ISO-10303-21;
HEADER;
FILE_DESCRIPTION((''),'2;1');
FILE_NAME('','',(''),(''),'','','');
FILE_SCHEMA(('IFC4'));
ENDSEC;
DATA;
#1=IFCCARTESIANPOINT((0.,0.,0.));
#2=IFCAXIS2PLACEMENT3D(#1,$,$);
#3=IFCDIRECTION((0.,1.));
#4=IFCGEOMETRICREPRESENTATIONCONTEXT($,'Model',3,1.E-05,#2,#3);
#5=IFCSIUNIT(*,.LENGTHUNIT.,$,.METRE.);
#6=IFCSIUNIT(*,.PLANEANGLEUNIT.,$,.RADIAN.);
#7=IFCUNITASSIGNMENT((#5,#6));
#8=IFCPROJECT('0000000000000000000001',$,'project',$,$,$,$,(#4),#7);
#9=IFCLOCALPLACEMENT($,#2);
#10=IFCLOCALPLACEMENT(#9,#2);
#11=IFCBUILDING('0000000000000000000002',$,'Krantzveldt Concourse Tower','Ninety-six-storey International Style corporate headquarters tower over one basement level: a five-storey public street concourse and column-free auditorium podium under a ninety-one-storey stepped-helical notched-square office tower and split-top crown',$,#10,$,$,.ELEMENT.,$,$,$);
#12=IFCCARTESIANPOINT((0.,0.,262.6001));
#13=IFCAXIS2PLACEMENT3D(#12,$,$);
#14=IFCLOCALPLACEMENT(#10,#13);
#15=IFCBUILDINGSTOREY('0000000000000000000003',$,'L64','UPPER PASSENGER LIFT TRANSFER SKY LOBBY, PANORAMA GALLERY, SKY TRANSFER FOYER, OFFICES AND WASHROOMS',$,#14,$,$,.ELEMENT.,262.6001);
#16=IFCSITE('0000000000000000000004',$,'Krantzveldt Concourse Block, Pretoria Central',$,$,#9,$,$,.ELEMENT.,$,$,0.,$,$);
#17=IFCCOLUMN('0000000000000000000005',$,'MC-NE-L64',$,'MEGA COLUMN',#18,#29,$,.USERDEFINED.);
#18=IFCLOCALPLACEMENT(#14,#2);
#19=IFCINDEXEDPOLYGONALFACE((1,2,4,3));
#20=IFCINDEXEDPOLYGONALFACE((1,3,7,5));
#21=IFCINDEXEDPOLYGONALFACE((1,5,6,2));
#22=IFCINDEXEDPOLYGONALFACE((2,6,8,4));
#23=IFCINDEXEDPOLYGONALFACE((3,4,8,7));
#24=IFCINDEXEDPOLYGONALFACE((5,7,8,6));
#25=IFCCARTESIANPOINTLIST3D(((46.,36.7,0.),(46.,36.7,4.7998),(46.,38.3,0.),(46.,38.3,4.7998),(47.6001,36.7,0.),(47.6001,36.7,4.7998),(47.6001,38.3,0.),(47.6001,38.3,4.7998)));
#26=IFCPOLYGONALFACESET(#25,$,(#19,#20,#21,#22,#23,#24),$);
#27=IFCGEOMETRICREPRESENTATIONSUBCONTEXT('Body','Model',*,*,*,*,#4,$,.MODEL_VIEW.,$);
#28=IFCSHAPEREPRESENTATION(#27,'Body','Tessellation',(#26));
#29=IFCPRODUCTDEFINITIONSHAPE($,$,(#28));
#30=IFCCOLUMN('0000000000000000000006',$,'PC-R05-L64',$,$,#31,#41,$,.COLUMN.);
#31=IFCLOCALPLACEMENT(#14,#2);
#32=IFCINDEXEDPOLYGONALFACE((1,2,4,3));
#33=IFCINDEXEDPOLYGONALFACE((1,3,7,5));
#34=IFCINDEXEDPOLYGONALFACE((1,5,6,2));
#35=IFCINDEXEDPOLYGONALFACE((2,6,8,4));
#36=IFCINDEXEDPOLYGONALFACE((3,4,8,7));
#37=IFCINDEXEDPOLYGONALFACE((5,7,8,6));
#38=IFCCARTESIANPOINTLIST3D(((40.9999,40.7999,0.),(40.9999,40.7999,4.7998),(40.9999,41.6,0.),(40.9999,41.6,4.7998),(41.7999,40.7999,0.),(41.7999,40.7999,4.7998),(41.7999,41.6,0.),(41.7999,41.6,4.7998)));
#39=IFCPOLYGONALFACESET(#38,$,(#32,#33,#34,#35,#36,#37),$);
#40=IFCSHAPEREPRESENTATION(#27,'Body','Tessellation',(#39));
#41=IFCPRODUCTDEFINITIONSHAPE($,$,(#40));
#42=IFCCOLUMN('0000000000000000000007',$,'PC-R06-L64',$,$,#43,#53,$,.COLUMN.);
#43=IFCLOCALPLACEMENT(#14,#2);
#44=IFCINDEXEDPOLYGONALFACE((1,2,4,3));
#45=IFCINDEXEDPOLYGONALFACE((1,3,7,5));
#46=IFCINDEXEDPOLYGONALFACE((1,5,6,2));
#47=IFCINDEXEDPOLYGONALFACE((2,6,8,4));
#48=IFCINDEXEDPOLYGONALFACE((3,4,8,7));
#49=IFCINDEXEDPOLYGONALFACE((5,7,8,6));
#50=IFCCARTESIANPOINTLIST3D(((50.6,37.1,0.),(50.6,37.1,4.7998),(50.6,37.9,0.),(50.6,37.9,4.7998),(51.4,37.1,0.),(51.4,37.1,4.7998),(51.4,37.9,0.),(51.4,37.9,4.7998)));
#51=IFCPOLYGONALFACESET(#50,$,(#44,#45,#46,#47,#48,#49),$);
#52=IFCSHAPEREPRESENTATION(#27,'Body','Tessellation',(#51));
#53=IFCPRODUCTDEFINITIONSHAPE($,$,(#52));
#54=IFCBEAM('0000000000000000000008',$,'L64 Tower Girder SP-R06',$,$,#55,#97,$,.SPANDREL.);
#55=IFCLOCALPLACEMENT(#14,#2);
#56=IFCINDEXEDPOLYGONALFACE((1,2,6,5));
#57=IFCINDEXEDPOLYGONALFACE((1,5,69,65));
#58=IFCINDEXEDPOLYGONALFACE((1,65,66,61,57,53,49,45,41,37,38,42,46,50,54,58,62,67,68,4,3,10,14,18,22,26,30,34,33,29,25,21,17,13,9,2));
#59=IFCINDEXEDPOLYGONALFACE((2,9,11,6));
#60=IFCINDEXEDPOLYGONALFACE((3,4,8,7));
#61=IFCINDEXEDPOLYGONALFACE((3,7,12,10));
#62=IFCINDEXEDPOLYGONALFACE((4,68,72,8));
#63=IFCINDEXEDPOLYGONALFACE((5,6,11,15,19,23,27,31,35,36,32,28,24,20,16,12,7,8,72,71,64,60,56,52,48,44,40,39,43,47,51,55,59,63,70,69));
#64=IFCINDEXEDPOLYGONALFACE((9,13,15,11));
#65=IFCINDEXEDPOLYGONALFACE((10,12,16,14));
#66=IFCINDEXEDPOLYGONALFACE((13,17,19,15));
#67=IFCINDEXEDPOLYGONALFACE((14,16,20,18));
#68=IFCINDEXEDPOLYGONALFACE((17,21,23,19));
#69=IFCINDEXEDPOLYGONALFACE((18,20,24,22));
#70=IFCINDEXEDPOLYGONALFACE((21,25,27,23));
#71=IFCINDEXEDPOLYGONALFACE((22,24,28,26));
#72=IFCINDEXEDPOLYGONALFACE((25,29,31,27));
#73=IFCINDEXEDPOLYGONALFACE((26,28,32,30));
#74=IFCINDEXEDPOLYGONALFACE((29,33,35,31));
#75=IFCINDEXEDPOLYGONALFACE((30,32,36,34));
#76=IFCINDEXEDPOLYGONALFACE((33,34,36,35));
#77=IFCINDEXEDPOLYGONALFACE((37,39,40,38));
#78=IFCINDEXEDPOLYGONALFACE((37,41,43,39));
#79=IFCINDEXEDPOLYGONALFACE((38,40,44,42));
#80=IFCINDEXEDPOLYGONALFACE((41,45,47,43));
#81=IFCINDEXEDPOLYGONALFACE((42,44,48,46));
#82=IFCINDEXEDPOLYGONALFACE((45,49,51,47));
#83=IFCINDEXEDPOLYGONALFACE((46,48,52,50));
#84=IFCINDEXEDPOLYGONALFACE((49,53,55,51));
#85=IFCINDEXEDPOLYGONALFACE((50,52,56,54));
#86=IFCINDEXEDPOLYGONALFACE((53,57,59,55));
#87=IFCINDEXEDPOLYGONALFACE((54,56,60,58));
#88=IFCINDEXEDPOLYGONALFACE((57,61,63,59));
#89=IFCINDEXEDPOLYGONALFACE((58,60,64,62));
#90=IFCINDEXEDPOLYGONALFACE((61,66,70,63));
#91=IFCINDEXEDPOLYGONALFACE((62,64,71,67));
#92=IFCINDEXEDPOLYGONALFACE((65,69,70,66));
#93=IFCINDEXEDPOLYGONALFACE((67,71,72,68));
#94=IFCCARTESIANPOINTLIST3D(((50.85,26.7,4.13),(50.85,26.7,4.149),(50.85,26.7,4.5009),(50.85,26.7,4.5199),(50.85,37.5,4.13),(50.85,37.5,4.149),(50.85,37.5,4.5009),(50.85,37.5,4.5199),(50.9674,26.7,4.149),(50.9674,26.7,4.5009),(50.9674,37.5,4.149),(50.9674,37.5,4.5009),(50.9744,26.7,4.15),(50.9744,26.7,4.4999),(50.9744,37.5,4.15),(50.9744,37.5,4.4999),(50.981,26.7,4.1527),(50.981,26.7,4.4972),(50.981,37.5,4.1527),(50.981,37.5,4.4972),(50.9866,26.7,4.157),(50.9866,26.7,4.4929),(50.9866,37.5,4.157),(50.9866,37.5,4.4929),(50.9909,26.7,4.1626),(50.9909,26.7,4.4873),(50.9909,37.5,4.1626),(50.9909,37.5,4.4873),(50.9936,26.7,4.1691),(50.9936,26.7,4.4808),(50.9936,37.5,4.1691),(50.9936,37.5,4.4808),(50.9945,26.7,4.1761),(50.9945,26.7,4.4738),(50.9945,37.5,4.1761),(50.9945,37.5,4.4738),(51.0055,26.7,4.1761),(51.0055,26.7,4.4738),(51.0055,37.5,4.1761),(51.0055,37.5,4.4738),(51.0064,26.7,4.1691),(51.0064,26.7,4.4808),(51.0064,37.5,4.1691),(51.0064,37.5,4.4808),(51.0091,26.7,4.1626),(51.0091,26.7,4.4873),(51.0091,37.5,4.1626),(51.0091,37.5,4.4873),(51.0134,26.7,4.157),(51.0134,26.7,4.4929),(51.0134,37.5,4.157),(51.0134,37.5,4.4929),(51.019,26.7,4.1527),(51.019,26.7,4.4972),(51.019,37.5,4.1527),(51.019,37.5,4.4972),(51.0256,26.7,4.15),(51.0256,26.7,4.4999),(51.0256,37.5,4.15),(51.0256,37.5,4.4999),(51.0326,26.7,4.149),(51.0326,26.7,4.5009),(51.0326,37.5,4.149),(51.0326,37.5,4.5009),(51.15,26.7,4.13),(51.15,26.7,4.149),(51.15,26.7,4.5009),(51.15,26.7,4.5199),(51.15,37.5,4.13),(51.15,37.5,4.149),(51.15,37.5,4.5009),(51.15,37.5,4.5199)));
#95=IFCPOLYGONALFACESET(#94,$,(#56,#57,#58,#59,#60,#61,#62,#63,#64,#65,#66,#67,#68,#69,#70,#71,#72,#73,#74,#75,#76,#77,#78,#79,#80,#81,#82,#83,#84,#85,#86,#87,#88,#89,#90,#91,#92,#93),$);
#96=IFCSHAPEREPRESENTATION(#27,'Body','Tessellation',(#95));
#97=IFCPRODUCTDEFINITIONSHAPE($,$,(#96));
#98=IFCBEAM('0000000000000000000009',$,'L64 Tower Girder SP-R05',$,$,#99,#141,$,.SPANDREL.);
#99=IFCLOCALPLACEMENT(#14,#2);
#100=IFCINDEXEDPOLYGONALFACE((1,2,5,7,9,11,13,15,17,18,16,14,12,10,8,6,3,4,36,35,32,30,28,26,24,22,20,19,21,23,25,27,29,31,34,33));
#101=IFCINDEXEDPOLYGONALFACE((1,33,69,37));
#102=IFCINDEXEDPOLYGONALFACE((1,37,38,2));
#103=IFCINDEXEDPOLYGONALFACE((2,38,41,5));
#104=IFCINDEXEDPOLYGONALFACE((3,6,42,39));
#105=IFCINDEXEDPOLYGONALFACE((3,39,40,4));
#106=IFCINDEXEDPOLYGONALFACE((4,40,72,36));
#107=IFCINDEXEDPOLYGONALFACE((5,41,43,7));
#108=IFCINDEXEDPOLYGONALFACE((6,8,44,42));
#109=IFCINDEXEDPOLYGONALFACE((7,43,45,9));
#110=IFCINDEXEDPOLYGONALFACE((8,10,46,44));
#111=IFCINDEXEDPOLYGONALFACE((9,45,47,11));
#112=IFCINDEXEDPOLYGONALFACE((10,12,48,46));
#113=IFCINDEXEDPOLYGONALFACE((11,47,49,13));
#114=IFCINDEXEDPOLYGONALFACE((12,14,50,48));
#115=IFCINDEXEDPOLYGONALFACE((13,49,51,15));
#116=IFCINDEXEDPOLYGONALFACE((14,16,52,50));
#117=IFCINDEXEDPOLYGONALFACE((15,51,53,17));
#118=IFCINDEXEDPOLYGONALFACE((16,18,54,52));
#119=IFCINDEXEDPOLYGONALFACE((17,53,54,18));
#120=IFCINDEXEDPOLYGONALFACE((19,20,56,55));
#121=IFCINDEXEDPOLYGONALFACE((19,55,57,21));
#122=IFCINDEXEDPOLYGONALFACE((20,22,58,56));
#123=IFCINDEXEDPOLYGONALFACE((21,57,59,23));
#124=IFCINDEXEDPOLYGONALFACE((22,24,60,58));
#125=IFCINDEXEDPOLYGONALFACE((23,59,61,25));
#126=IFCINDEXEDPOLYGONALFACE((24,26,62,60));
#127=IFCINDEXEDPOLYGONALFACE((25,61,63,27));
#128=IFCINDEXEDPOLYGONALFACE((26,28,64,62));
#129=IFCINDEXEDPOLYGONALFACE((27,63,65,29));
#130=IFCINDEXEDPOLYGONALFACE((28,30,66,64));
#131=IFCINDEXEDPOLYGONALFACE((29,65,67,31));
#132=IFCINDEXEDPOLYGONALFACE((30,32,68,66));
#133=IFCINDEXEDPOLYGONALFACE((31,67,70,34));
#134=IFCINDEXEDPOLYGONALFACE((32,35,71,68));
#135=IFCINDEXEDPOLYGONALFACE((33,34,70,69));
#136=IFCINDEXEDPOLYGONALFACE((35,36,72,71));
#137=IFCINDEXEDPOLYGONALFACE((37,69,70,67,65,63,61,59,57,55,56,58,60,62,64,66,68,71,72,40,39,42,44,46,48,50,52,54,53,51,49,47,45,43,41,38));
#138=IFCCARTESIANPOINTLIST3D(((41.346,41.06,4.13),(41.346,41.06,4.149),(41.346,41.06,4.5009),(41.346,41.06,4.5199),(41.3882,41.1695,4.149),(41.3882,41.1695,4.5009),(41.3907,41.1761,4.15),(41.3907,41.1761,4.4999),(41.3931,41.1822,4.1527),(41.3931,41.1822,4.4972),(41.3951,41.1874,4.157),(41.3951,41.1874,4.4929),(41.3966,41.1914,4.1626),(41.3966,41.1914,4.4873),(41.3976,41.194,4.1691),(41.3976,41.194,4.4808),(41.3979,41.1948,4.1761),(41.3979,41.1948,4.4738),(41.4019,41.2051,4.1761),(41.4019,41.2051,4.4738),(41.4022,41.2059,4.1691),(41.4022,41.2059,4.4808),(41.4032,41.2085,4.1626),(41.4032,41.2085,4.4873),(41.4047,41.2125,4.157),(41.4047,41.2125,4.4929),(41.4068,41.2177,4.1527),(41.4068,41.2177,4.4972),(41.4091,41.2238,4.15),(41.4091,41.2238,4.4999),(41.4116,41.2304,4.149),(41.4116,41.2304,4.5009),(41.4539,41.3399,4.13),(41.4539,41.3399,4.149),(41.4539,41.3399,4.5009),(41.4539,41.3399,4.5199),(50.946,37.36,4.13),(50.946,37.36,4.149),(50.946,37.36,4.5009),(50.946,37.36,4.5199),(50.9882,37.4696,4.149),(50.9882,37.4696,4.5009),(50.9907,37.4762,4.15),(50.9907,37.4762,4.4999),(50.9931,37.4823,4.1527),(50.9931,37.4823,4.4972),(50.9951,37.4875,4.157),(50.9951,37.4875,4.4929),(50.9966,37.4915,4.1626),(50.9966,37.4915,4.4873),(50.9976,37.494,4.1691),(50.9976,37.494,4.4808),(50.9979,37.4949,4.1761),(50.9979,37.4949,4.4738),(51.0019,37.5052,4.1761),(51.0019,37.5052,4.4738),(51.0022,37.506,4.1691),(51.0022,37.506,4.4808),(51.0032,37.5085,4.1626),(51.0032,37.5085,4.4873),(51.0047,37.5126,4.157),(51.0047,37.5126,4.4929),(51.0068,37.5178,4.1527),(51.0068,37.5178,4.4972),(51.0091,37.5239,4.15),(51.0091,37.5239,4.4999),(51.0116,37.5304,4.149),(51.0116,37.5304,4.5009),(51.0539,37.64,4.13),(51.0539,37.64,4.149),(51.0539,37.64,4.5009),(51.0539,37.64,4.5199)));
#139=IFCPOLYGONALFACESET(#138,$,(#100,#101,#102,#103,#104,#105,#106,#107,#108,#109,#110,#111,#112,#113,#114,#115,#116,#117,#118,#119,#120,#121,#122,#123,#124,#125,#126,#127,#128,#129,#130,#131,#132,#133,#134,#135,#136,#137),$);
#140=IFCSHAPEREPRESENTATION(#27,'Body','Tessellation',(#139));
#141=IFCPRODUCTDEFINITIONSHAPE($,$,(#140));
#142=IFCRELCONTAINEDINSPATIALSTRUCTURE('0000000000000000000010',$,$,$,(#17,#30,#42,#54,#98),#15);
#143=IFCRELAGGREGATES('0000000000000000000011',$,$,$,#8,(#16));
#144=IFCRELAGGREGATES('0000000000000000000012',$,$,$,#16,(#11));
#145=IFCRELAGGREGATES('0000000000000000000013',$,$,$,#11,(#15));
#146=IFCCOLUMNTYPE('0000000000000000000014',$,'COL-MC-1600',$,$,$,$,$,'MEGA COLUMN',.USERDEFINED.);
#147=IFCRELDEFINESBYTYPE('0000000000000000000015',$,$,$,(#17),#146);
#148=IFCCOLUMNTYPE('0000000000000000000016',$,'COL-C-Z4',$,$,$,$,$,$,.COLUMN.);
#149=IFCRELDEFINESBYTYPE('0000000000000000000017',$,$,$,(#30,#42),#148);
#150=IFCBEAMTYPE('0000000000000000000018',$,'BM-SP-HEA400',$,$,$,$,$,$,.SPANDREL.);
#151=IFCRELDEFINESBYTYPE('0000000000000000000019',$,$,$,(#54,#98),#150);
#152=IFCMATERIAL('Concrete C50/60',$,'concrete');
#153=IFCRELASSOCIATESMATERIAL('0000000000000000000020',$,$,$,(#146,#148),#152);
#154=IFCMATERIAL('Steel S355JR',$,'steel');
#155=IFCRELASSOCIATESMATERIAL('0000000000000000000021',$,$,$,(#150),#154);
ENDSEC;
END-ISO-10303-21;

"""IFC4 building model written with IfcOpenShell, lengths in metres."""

from ifc_helpers import new_model, si_unit, direction, frame, origin, origin_2d, place, context, subcontext, project, spatial, rectangle, i_section, extrude, source, transform, mapped, material, material_profile, profile_set, type_object, type_shapes, element, save


model = new_model("IFC4")

# Units and contexts
model_context = context("Model", 3, precision=1e-05, world=origin(), true_north=direction((0.0, 1.0)))
body_context = subcontext(model_context, "Body", "Model", "MODEL_VIEW")
ifc_project = project(units=[si_unit("LENGTHUNIT", "METRE"), si_unit("PLANEANGLEUNIT", "RADIAN")], contexts=[model_context])

# Site, building, storey
site_placement = place(None, origin())
site = spatial("IfcSite", under=ifc_project, at=site_placement, Name="Krantzveldt Concourse Block, Pretoria Central", CompositionType="ELEMENT", RefElevation=0.0)
building_placement = place(site_placement, origin())
building = spatial("IfcBuilding", under=site, at=building_placement, Name="Krantzveldt Concourse Tower", Description="Ninety-six-storey International Style corporate headquarters tower over one basement level: a five-storey public street concourse and column-free auditorium podium under a ninety-one-storey stepped-helical notched-square office tower and split-top crown", CompositionType="ELEMENT")
storey_placement = place(building_placement, frame((0.0, 0.0, 262.6001)))
storey = spatial("IfcBuildingStorey", under=building, at=storey_placement, Name="L64", Description="UPPER PASSENGER LIFT TRANSFER SKY LOBBY, PANORAMA GALLERY, SKY TRANSFER FOYER, OFFICES AND WASHROOMS", CompositionType="ELEMENT", Elevation=262.6001)

# Columns
ifc_material_1 = material(Name="Concrete C50/60", Category="concrete")
ifc_material_profile_1 = material_profile(ifc_material_1, rectangle(XDim=1.6001, YDim=1.6001, at=origin_2d()), Name="Concrete C50/60", Category="concrete")
ifc_profile_set_1 = profile_set([ifc_material_profile_1], Name="Concrete C50/60 - RC 1600x1600")
column_type_1 = type_object("IfcColumnType", Name="COL-MC-1600", ElementType="MEGA COLUMN", PredefinedType="USERDEFINED", material=ifc_profile_set_1)
shared_shape_1 = source(origin(), body_context, "Body", "SweptSolid", [
    extrude(rectangle(XDim=1.6001, YDim=1.6001, at=origin_2d()), origin(), (0.0, 0.0, 1.0), 4.7998),
])
type_shapes(column_type_1, [shared_shape_1])
column_placement = place(storey_placement, frame((46.8, 37.5, 0.0), z_axis=(0.0, 0.0, 1.0), x_axis=(1.0, 0.0, 0.0)))
element("IfcColumn", 1, at=column_placement, inside=storey, type_object=column_type_1, Name="MC-NE-L64", ObjectType="MEGA COLUMN", PredefinedType="USERDEFINED", context=body_context, shape_type="MappedRepresentation", body=[
    mapped(shared_shape_1, transform((0.0, 0.0, 0.0), x_axis=(1.0, 0.0, 0.0), y_axis=(0.0, 1.0, 0.0), z_axis=(0.0, 0.0, 1.0), scale=1.0)),
])
ifc_material_profile_2 = material_profile(ifc_material_1, rectangle(XDim=0.8, YDim=0.8, at=origin_2d()), Name="Concrete C50/60", Category="concrete")
ifc_profile_set_2 = profile_set([ifc_material_profile_2], Name="Concrete C50/60 - RC 800x800")
column_type_2 = type_object("IfcColumnType", Name="COL-C-Z4", PredefinedType="COLUMN", material=ifc_profile_set_2)
shared_shape_2 = source(origin(), body_context, "Body", "SweptSolid", [
    extrude(rectangle(XDim=0.8, YDim=0.8, at=origin_2d()), origin(), (0.0, 0.0, 1.0), 4.7998),
])
type_shapes(column_type_2, [shared_shape_2])
for number, where, z_axis, x_axis, name in (
    (2, (41.3999, 41.2, 0.0), (0.0, 0.0, 1.0), (1.0, 0.0, 0.0), "PC-R05-L64"),
    (3, (51.0, 37.5, 0.0), (0.0, 0.0, 1.0), (1.0, 0.0, 0.0), "PC-R06-L64"),
):
    element("IfcColumn", number, at=place(storey_placement, frame(where, z_axis=z_axis, x_axis=x_axis)), inside=storey, type_object=column_type_2, Name=name, PredefinedType="COLUMN", context=body_context, shape_type="MappedRepresentation", body=[
        mapped(shared_shape_2, transform((0.0, 0.0, 0.0), x_axis=(1.0, 0.0, 0.0), y_axis=(0.0, 1.0, 0.0), z_axis=(0.0, 0.0, 1.0), scale=1.0)),
    ])

# Beams
ifc_material_2 = material(Name="Steel S355JR", Category="steel")
ifc_material_profile_3 = material_profile(ifc_material_2, i_section(OverallWidth=0.3, OverallDepth=0.3899, WebThickness=0.011, FlangeThickness=0.019, FilletRadius=0.0271, at=origin_2d()), Name="Steel S355JR", Category="steel")
ifc_profile_set_3 = profile_set([ifc_material_profile_3], Name="Steel S355JR - HEA 400")
beam_type_1 = type_object("IfcBeamType", Name="BM-SP-HEA400", PredefinedType="SPANDREL", material=ifc_profile_set_3)
shared_shape_3 = source(origin(), body_context, "Body", "SweptSolid", [
    extrude(i_section(OverallWidth=0.3, OverallDepth=0.3899, WebThickness=0.011, FlangeThickness=0.019, FilletRadius=0.0271, at=origin_2d()), origin(), (0.0, 0.0, 1.0), 10.8),
])
beam_1_placement = place(storey_placement, frame((51.0, 37.5, 4.325), z_axis=(0.0, -1.0, 0.0), x_axis=(1.0, 0.0, 0.0)))
element("IfcBeam", 4, at=beam_1_placement, inside=storey, type_object=beam_type_1, Name="L64 Tower Girder SP-R06", PredefinedType="SPANDREL", context=body_context, shape_type="MappedRepresentation", body=[
    mapped(shared_shape_3, transform((0.0, 0.0, 0.0), x_axis=(1.0, 0.0, 0.0), y_axis=(0.0, 1.0, 0.0), z_axis=(0.0, 0.0, 1.0), scale=1.0)),
])
shared_shape_4 = source(origin(), body_context, "Body", "SweptSolid", [
    extrude(i_section(OverallWidth=0.3, OverallDepth=0.3899, WebThickness=0.011, FlangeThickness=0.019, FilletRadius=0.0271, at=origin_2d()), origin(), (0.0, 0.0, 1.0), 10.2883),
])
type_shapes(beam_type_1, [shared_shape_3, shared_shape_4])
beam_2_placement = place(storey_placement, frame((41.3999, 41.2, 4.325), z_axis=(0.933098, -0.359623, 0.0), x_axis=(0.359623, 0.933098, 0.0)))
element("IfcBeam", 5, at=beam_2_placement, inside=storey, type_object=beam_type_1, Name="L64 Tower Girder SP-R05", PredefinedType="SPANDREL", context=body_context, shape_type="MappedRepresentation", body=[
    mapped(shared_shape_4, transform((0.0, 0.0, 0.0), x_axis=(1.0, 0.0, 0.0), y_axis=(0.0, 1.0, 0.0), z_axis=(0.0, 0.0, 1.0), scale=1.0)),
])

save(model, "model.ifc")
